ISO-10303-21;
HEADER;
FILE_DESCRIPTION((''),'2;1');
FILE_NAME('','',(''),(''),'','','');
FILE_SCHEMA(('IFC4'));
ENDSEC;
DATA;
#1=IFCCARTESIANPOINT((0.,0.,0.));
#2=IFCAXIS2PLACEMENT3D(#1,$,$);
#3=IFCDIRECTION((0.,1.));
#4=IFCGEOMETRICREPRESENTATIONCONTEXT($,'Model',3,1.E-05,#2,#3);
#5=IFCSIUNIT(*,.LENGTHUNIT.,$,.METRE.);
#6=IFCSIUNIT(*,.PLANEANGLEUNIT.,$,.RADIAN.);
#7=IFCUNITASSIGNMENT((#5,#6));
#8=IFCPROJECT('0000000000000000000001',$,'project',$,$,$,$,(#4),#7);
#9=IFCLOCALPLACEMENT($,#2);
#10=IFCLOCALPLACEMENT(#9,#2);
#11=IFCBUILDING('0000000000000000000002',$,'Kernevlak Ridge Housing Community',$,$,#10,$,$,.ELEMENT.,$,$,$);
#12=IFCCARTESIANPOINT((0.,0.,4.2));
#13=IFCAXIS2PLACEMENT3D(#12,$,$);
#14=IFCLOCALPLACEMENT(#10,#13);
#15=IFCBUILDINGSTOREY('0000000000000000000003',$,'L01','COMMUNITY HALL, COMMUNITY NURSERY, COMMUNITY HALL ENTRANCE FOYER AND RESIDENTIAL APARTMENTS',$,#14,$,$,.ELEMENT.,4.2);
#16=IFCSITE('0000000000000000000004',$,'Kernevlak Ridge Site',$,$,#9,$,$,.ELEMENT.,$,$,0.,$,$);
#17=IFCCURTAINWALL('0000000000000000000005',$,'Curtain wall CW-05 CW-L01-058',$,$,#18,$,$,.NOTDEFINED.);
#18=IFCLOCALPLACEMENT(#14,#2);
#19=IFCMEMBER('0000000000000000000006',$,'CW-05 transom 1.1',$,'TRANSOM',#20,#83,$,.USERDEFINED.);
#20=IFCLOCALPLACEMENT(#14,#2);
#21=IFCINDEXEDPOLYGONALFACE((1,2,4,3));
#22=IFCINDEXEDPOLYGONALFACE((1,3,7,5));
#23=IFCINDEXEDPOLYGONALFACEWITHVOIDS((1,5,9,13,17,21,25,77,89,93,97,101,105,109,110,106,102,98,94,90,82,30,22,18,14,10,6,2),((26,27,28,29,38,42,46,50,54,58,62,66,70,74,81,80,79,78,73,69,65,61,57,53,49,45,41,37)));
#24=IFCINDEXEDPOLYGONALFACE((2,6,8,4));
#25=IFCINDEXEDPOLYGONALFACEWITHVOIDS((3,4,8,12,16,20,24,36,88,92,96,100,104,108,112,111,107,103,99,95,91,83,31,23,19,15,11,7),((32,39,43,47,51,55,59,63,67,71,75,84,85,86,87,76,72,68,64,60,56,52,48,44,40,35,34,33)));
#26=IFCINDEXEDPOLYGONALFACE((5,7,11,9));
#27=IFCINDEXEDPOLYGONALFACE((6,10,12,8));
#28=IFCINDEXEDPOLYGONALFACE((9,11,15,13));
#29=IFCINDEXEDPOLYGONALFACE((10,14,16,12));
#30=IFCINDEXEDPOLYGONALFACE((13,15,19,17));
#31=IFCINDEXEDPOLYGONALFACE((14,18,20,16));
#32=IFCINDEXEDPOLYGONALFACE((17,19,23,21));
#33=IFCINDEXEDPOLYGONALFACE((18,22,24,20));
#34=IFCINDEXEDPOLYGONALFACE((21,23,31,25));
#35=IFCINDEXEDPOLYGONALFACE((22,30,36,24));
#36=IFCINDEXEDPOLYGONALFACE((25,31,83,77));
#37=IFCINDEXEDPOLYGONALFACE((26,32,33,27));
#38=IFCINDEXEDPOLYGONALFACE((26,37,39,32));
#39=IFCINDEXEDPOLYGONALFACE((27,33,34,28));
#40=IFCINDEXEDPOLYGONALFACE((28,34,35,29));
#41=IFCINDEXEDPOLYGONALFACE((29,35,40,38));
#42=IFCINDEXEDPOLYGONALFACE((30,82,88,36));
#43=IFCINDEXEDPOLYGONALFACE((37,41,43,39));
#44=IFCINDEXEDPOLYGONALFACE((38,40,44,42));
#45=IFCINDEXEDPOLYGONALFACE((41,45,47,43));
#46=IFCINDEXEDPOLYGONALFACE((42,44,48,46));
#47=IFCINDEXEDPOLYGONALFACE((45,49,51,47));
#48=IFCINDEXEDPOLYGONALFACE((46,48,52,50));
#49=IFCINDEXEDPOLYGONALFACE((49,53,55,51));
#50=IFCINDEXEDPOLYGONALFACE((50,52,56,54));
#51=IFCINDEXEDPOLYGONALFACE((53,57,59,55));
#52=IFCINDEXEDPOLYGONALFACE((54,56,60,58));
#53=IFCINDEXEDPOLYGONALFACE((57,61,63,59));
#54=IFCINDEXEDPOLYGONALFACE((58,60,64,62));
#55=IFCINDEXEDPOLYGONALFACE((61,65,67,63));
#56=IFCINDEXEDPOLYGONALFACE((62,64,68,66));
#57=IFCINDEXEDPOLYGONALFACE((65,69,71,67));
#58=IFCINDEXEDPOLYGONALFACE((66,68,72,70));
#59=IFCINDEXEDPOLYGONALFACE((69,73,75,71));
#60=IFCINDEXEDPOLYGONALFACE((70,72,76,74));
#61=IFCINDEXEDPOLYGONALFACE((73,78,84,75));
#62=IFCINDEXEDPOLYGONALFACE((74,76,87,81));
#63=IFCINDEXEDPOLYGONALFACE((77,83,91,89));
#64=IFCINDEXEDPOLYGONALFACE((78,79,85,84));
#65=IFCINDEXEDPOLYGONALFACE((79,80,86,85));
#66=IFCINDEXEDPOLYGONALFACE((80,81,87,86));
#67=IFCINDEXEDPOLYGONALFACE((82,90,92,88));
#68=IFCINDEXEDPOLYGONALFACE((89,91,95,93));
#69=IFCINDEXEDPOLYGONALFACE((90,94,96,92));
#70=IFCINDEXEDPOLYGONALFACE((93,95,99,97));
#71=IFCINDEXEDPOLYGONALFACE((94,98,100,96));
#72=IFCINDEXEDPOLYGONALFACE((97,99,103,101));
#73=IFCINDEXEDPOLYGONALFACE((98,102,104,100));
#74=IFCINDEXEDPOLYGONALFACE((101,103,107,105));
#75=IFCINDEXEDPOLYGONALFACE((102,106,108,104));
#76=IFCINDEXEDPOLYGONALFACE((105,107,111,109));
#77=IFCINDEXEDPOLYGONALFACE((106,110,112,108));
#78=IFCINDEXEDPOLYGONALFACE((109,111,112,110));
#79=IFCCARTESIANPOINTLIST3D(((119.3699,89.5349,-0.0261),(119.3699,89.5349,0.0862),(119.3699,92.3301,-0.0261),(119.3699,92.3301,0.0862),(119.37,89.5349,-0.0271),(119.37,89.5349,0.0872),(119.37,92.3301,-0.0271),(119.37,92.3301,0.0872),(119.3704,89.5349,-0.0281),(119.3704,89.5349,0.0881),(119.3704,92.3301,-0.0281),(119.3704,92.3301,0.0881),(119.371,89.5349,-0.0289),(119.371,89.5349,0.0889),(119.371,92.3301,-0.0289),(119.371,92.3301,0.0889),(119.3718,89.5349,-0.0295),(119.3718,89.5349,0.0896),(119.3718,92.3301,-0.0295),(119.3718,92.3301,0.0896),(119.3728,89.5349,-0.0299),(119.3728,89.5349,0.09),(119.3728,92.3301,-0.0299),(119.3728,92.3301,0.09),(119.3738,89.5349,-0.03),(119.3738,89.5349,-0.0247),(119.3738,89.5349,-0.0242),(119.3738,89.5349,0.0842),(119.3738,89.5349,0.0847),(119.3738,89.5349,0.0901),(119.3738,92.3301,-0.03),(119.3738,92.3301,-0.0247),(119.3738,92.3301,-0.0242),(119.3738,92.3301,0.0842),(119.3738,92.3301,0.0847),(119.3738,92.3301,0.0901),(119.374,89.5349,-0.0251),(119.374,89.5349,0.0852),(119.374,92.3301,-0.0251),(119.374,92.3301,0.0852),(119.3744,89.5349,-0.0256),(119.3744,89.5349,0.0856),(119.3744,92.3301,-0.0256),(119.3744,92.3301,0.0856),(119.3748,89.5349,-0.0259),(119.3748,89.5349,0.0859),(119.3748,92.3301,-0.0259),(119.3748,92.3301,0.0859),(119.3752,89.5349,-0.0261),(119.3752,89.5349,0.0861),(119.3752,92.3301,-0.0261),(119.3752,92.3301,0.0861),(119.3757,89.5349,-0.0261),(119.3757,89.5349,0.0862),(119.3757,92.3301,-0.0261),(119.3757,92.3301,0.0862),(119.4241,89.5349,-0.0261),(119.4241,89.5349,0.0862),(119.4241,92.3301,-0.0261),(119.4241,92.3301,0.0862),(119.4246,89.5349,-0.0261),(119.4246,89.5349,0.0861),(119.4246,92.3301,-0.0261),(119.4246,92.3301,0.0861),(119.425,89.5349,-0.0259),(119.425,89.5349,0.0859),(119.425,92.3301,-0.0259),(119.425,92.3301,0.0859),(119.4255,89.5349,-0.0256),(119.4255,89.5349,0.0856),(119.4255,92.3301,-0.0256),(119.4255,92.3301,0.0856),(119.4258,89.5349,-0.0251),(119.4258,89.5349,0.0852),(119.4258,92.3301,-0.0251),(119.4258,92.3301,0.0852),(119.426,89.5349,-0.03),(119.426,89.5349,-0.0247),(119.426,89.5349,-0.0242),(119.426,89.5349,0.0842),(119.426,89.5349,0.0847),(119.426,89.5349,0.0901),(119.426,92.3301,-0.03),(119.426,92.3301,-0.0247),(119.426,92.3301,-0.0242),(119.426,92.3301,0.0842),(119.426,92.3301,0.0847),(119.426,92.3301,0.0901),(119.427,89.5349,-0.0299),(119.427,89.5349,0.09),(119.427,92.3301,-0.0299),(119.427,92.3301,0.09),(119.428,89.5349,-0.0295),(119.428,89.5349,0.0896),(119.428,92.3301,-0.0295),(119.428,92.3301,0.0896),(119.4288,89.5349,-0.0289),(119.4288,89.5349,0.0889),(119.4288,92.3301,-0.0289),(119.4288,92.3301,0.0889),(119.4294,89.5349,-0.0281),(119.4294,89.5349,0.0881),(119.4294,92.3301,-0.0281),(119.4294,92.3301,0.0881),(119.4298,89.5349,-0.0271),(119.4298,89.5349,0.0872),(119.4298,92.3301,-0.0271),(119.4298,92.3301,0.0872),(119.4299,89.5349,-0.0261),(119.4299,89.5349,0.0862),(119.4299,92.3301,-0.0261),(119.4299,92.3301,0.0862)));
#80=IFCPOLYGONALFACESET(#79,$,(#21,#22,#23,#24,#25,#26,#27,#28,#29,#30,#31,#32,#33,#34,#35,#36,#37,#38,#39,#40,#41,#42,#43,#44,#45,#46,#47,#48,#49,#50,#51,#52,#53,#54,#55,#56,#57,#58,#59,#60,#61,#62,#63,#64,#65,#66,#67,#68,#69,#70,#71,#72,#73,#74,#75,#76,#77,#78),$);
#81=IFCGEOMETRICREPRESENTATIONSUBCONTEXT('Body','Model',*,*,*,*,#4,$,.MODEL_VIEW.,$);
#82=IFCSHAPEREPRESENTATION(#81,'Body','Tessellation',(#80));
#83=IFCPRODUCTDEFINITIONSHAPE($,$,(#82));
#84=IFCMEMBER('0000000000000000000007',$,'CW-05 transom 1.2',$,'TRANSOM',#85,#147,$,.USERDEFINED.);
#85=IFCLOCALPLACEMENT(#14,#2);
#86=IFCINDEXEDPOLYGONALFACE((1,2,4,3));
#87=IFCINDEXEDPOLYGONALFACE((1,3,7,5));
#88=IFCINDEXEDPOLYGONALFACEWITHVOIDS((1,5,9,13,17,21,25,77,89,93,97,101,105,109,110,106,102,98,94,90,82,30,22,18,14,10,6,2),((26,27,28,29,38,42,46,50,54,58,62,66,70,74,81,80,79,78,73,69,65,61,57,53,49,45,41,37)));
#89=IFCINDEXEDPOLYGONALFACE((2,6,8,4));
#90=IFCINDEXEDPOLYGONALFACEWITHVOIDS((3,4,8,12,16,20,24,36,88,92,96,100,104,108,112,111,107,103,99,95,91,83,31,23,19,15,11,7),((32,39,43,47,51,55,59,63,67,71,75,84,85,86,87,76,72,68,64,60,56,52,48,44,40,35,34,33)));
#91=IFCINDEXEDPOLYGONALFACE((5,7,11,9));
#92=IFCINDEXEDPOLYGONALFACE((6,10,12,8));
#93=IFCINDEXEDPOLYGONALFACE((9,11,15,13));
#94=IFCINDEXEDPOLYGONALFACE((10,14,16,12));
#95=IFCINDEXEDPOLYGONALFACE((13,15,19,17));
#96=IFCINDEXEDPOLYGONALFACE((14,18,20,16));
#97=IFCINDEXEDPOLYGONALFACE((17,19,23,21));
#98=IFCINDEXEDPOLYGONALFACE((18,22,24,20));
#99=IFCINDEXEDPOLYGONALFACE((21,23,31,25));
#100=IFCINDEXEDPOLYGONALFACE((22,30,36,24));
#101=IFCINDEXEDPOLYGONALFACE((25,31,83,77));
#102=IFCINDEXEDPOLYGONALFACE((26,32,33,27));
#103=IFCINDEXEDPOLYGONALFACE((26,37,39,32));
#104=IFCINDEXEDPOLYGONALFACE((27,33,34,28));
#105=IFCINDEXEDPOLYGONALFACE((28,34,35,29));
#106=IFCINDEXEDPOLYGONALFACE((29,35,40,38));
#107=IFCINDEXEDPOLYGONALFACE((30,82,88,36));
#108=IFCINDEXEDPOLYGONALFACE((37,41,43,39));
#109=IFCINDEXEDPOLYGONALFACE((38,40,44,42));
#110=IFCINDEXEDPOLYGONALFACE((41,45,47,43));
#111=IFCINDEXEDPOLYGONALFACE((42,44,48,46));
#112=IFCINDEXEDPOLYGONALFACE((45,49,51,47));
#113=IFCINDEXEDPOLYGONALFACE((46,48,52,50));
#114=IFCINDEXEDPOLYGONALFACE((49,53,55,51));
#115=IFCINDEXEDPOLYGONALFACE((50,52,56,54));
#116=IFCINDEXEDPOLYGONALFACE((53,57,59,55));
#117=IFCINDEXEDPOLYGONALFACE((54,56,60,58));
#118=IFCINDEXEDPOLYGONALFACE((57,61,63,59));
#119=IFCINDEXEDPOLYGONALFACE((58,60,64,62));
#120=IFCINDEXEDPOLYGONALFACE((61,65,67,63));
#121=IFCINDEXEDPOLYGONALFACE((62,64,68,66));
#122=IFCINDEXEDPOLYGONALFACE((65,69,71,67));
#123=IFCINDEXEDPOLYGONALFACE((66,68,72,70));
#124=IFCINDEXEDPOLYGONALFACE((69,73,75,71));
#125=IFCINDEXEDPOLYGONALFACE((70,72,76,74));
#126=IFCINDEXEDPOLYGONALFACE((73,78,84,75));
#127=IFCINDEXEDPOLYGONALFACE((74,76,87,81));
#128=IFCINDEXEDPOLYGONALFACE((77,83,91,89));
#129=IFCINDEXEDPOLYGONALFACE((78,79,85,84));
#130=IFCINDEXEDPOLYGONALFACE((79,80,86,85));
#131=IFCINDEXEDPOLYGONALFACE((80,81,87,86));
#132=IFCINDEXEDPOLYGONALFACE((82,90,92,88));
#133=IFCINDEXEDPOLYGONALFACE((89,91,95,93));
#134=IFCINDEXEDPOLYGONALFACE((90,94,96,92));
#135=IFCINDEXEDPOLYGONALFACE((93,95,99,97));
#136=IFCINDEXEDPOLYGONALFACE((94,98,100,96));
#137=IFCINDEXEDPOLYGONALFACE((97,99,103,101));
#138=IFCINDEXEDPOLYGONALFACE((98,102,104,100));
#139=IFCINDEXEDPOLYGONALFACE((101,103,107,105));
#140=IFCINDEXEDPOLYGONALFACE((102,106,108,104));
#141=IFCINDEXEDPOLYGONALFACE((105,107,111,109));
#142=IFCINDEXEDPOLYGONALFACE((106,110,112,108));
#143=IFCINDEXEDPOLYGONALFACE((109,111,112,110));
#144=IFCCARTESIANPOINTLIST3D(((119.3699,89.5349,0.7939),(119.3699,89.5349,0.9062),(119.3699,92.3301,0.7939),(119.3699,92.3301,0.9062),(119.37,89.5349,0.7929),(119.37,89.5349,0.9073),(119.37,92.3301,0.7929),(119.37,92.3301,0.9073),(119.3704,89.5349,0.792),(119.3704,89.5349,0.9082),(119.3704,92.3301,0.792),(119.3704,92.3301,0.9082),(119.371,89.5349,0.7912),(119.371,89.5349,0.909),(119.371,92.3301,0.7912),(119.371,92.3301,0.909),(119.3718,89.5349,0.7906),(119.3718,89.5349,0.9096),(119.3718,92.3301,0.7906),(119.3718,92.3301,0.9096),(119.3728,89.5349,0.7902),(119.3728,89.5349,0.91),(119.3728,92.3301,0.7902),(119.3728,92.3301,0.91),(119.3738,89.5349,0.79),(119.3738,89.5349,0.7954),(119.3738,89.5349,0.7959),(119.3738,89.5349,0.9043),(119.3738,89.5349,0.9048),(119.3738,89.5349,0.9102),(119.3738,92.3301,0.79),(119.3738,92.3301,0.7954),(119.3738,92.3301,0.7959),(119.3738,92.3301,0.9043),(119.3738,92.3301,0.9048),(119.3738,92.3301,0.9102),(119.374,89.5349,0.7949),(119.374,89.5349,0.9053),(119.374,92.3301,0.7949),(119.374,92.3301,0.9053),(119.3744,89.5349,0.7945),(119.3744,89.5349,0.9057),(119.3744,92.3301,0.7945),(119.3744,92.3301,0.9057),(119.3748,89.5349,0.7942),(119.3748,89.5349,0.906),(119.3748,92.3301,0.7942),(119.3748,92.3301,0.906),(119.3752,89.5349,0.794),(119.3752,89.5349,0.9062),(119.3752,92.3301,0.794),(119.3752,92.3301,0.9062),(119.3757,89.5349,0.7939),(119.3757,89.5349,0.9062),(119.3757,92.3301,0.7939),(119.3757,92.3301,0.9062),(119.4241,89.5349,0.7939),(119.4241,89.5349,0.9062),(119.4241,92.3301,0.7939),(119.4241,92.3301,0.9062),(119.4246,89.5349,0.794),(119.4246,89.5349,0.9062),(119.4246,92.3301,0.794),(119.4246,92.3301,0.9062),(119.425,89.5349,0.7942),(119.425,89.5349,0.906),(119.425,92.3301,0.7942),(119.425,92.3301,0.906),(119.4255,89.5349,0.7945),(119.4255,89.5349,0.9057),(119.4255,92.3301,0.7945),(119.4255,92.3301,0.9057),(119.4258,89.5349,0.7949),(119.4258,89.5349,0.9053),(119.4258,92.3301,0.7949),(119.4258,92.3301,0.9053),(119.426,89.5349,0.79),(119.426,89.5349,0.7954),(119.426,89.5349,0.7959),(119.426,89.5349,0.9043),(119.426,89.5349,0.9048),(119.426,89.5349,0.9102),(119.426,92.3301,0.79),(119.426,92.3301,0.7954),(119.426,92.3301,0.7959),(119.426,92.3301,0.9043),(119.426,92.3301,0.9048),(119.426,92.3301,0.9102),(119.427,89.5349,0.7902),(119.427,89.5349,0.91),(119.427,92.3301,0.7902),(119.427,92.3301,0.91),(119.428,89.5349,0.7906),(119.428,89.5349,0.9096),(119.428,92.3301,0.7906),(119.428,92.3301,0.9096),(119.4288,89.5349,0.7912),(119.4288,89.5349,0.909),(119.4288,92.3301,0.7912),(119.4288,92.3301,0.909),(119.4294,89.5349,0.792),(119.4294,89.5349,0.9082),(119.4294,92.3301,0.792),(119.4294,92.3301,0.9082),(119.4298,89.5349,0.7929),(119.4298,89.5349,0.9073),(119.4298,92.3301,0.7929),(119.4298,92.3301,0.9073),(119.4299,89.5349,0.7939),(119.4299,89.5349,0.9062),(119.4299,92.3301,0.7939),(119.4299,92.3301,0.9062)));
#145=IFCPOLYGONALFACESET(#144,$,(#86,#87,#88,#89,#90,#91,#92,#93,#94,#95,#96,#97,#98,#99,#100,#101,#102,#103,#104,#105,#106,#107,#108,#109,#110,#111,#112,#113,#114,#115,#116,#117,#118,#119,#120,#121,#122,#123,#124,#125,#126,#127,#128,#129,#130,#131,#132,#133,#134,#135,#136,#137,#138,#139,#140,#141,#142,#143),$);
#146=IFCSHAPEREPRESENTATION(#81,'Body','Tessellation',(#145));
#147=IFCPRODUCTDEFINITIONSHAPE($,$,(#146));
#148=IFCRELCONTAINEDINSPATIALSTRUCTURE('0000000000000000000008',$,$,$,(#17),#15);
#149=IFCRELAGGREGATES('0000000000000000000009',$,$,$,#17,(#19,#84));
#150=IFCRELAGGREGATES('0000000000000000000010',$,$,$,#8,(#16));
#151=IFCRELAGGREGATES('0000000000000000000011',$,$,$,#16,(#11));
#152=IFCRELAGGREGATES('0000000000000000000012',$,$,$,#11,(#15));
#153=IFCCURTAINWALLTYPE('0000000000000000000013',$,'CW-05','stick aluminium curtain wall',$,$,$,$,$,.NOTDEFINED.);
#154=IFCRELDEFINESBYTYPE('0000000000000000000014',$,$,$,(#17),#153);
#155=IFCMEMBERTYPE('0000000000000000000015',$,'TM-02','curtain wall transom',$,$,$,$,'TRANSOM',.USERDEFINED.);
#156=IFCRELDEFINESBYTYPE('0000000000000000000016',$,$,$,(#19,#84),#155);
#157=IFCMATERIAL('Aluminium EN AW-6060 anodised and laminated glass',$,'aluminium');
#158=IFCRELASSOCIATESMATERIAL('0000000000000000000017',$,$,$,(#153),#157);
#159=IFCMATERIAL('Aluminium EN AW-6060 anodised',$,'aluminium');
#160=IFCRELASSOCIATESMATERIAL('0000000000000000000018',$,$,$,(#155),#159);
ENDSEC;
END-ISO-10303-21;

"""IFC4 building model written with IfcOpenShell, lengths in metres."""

from ifc_helpers import new_model, si_unit, direction, frame, origin, origin_2d, place, context, subcontext, project, spatial, hollow_rectangle, extrude, material, material_profile, profile_set, type_object, element, aggregate, save


model = new_model("IFC4")

# Units and contexts
model_context = context("Model", 3, precision=1e-05, world=origin(), true_north=direction((0.0, 1.0)))
body_context = subcontext(model_context, "Body", "Model", "MODEL_VIEW")
ifc_project = project(units=[si_unit("LENGTHUNIT", "METRE"), si_unit("PLANEANGLEUNIT", "RADIAN")], contexts=[model_context])

# Site, building, storey
site_placement = place(None, origin())
site = spatial("IfcSite", under=ifc_project, at=site_placement, Name="Kernevlak Ridge Site", CompositionType="ELEMENT", RefElevation=0.0)
building_placement = place(site_placement, origin())
building = spatial("IfcBuilding", under=site, at=building_placement, Name="Kernevlak Ridge Housing Community", CompositionType="ELEMENT")
storey_placement = place(building_placement, frame((0.0, 0.0, 4.2)))
storey = spatial("IfcBuildingStorey", under=building, at=storey_placement, Name="L01", Description="COMMUNITY HALL, COMMUNITY NURSERY, COMMUNITY HALL ENTRANCE FOYER AND RESIDENTIAL APARTMENTS", CompositionType="ELEMENT", Elevation=4.2)

# Curtain wall
ifc_material_1 = material(Name="Aluminium EN AW-6060 anodised and laminated glass", Category="aluminium")
curtain_wall_type = type_object("IfcCurtainWallType", Name="CW-05", Description="stick aluminium curtain wall", PredefinedType="NOTDEFINED", material=ifc_material_1)
curtain_wall_placement = place(storey_placement, origin())
curtain_wall = element("IfcCurtainWall", 1, at=curtain_wall_placement, inside=storey, type_object=curtain_wall_type, Name="Curtain wall CW-05 CW-L01-058", PredefinedType="NOTDEFINED")
ifc_material_2 = material(Name="Aluminium EN AW-6060 anodised", Category="aluminium")

# Members
ifc_material_profile_1 = material_profile(ifc_material_2, hollow_rectangle(XDim=0.0601, YDim=0.1201, WallThickness=0.0039, InnerFilletRadius=0.002, OuterFilletRadius=0.0039, at=origin_2d()), Name="ALU 60x120x4")
ifc_profile_set_1 = profile_set([ifc_material_profile_1], Name="Aluminium EN AW-6060 anodised")
member_type_1 = type_object("IfcMemberType", Name="TM-02", Description="curtain wall transom", ElementType="TRANSOM", PredefinedType="USERDEFINED", material=ifc_profile_set_1)
member_1_placement = place(storey_placement, frame((119.3999, 89.5349, 0.03), z_axis=(0.0, 1.0, 0.0), x_axis=(-1.0, 0.0, 0.0)))
member_1 = element("IfcMember", 2, at=member_1_placement, type_object=member_type_1, Name="CW-05 transom 1.1", ObjectType="TRANSOM", PredefinedType="USERDEFINED", context=body_context, shape_type="SweptSolid", body=[
    extrude(hollow_rectangle(XDim=0.0601, YDim=0.1201, WallThickness=0.0039, InnerFilletRadius=0.002, OuterFilletRadius=0.0039, at=origin_2d()), origin(), (0.0, 0.0, 1.0), 2.7952),
])
member_2_placement = place(storey_placement, frame((119.3999, 89.5349, 0.8501), z_axis=(0.0, 1.0, 0.0), x_axis=(-1.0, 0.0, 0.0)))
member_2 = element("IfcMember", 3, at=member_2_placement, type_object=member_type_1, Name="CW-05 transom 1.2", ObjectType="TRANSOM", PredefinedType="USERDEFINED", context=body_context, shape_type="SweptSolid", body=[
    extrude(hollow_rectangle(XDim=0.0601, YDim=0.1201, WallThickness=0.0039, InnerFilletRadius=0.002, OuterFilletRadius=0.0039, at=origin_2d()), origin(), (0.0, 0.0, 1.0), 2.7952),
])
aggregate(curtain_wall, [member_1, member_2])

save(model, "model.ifc")
